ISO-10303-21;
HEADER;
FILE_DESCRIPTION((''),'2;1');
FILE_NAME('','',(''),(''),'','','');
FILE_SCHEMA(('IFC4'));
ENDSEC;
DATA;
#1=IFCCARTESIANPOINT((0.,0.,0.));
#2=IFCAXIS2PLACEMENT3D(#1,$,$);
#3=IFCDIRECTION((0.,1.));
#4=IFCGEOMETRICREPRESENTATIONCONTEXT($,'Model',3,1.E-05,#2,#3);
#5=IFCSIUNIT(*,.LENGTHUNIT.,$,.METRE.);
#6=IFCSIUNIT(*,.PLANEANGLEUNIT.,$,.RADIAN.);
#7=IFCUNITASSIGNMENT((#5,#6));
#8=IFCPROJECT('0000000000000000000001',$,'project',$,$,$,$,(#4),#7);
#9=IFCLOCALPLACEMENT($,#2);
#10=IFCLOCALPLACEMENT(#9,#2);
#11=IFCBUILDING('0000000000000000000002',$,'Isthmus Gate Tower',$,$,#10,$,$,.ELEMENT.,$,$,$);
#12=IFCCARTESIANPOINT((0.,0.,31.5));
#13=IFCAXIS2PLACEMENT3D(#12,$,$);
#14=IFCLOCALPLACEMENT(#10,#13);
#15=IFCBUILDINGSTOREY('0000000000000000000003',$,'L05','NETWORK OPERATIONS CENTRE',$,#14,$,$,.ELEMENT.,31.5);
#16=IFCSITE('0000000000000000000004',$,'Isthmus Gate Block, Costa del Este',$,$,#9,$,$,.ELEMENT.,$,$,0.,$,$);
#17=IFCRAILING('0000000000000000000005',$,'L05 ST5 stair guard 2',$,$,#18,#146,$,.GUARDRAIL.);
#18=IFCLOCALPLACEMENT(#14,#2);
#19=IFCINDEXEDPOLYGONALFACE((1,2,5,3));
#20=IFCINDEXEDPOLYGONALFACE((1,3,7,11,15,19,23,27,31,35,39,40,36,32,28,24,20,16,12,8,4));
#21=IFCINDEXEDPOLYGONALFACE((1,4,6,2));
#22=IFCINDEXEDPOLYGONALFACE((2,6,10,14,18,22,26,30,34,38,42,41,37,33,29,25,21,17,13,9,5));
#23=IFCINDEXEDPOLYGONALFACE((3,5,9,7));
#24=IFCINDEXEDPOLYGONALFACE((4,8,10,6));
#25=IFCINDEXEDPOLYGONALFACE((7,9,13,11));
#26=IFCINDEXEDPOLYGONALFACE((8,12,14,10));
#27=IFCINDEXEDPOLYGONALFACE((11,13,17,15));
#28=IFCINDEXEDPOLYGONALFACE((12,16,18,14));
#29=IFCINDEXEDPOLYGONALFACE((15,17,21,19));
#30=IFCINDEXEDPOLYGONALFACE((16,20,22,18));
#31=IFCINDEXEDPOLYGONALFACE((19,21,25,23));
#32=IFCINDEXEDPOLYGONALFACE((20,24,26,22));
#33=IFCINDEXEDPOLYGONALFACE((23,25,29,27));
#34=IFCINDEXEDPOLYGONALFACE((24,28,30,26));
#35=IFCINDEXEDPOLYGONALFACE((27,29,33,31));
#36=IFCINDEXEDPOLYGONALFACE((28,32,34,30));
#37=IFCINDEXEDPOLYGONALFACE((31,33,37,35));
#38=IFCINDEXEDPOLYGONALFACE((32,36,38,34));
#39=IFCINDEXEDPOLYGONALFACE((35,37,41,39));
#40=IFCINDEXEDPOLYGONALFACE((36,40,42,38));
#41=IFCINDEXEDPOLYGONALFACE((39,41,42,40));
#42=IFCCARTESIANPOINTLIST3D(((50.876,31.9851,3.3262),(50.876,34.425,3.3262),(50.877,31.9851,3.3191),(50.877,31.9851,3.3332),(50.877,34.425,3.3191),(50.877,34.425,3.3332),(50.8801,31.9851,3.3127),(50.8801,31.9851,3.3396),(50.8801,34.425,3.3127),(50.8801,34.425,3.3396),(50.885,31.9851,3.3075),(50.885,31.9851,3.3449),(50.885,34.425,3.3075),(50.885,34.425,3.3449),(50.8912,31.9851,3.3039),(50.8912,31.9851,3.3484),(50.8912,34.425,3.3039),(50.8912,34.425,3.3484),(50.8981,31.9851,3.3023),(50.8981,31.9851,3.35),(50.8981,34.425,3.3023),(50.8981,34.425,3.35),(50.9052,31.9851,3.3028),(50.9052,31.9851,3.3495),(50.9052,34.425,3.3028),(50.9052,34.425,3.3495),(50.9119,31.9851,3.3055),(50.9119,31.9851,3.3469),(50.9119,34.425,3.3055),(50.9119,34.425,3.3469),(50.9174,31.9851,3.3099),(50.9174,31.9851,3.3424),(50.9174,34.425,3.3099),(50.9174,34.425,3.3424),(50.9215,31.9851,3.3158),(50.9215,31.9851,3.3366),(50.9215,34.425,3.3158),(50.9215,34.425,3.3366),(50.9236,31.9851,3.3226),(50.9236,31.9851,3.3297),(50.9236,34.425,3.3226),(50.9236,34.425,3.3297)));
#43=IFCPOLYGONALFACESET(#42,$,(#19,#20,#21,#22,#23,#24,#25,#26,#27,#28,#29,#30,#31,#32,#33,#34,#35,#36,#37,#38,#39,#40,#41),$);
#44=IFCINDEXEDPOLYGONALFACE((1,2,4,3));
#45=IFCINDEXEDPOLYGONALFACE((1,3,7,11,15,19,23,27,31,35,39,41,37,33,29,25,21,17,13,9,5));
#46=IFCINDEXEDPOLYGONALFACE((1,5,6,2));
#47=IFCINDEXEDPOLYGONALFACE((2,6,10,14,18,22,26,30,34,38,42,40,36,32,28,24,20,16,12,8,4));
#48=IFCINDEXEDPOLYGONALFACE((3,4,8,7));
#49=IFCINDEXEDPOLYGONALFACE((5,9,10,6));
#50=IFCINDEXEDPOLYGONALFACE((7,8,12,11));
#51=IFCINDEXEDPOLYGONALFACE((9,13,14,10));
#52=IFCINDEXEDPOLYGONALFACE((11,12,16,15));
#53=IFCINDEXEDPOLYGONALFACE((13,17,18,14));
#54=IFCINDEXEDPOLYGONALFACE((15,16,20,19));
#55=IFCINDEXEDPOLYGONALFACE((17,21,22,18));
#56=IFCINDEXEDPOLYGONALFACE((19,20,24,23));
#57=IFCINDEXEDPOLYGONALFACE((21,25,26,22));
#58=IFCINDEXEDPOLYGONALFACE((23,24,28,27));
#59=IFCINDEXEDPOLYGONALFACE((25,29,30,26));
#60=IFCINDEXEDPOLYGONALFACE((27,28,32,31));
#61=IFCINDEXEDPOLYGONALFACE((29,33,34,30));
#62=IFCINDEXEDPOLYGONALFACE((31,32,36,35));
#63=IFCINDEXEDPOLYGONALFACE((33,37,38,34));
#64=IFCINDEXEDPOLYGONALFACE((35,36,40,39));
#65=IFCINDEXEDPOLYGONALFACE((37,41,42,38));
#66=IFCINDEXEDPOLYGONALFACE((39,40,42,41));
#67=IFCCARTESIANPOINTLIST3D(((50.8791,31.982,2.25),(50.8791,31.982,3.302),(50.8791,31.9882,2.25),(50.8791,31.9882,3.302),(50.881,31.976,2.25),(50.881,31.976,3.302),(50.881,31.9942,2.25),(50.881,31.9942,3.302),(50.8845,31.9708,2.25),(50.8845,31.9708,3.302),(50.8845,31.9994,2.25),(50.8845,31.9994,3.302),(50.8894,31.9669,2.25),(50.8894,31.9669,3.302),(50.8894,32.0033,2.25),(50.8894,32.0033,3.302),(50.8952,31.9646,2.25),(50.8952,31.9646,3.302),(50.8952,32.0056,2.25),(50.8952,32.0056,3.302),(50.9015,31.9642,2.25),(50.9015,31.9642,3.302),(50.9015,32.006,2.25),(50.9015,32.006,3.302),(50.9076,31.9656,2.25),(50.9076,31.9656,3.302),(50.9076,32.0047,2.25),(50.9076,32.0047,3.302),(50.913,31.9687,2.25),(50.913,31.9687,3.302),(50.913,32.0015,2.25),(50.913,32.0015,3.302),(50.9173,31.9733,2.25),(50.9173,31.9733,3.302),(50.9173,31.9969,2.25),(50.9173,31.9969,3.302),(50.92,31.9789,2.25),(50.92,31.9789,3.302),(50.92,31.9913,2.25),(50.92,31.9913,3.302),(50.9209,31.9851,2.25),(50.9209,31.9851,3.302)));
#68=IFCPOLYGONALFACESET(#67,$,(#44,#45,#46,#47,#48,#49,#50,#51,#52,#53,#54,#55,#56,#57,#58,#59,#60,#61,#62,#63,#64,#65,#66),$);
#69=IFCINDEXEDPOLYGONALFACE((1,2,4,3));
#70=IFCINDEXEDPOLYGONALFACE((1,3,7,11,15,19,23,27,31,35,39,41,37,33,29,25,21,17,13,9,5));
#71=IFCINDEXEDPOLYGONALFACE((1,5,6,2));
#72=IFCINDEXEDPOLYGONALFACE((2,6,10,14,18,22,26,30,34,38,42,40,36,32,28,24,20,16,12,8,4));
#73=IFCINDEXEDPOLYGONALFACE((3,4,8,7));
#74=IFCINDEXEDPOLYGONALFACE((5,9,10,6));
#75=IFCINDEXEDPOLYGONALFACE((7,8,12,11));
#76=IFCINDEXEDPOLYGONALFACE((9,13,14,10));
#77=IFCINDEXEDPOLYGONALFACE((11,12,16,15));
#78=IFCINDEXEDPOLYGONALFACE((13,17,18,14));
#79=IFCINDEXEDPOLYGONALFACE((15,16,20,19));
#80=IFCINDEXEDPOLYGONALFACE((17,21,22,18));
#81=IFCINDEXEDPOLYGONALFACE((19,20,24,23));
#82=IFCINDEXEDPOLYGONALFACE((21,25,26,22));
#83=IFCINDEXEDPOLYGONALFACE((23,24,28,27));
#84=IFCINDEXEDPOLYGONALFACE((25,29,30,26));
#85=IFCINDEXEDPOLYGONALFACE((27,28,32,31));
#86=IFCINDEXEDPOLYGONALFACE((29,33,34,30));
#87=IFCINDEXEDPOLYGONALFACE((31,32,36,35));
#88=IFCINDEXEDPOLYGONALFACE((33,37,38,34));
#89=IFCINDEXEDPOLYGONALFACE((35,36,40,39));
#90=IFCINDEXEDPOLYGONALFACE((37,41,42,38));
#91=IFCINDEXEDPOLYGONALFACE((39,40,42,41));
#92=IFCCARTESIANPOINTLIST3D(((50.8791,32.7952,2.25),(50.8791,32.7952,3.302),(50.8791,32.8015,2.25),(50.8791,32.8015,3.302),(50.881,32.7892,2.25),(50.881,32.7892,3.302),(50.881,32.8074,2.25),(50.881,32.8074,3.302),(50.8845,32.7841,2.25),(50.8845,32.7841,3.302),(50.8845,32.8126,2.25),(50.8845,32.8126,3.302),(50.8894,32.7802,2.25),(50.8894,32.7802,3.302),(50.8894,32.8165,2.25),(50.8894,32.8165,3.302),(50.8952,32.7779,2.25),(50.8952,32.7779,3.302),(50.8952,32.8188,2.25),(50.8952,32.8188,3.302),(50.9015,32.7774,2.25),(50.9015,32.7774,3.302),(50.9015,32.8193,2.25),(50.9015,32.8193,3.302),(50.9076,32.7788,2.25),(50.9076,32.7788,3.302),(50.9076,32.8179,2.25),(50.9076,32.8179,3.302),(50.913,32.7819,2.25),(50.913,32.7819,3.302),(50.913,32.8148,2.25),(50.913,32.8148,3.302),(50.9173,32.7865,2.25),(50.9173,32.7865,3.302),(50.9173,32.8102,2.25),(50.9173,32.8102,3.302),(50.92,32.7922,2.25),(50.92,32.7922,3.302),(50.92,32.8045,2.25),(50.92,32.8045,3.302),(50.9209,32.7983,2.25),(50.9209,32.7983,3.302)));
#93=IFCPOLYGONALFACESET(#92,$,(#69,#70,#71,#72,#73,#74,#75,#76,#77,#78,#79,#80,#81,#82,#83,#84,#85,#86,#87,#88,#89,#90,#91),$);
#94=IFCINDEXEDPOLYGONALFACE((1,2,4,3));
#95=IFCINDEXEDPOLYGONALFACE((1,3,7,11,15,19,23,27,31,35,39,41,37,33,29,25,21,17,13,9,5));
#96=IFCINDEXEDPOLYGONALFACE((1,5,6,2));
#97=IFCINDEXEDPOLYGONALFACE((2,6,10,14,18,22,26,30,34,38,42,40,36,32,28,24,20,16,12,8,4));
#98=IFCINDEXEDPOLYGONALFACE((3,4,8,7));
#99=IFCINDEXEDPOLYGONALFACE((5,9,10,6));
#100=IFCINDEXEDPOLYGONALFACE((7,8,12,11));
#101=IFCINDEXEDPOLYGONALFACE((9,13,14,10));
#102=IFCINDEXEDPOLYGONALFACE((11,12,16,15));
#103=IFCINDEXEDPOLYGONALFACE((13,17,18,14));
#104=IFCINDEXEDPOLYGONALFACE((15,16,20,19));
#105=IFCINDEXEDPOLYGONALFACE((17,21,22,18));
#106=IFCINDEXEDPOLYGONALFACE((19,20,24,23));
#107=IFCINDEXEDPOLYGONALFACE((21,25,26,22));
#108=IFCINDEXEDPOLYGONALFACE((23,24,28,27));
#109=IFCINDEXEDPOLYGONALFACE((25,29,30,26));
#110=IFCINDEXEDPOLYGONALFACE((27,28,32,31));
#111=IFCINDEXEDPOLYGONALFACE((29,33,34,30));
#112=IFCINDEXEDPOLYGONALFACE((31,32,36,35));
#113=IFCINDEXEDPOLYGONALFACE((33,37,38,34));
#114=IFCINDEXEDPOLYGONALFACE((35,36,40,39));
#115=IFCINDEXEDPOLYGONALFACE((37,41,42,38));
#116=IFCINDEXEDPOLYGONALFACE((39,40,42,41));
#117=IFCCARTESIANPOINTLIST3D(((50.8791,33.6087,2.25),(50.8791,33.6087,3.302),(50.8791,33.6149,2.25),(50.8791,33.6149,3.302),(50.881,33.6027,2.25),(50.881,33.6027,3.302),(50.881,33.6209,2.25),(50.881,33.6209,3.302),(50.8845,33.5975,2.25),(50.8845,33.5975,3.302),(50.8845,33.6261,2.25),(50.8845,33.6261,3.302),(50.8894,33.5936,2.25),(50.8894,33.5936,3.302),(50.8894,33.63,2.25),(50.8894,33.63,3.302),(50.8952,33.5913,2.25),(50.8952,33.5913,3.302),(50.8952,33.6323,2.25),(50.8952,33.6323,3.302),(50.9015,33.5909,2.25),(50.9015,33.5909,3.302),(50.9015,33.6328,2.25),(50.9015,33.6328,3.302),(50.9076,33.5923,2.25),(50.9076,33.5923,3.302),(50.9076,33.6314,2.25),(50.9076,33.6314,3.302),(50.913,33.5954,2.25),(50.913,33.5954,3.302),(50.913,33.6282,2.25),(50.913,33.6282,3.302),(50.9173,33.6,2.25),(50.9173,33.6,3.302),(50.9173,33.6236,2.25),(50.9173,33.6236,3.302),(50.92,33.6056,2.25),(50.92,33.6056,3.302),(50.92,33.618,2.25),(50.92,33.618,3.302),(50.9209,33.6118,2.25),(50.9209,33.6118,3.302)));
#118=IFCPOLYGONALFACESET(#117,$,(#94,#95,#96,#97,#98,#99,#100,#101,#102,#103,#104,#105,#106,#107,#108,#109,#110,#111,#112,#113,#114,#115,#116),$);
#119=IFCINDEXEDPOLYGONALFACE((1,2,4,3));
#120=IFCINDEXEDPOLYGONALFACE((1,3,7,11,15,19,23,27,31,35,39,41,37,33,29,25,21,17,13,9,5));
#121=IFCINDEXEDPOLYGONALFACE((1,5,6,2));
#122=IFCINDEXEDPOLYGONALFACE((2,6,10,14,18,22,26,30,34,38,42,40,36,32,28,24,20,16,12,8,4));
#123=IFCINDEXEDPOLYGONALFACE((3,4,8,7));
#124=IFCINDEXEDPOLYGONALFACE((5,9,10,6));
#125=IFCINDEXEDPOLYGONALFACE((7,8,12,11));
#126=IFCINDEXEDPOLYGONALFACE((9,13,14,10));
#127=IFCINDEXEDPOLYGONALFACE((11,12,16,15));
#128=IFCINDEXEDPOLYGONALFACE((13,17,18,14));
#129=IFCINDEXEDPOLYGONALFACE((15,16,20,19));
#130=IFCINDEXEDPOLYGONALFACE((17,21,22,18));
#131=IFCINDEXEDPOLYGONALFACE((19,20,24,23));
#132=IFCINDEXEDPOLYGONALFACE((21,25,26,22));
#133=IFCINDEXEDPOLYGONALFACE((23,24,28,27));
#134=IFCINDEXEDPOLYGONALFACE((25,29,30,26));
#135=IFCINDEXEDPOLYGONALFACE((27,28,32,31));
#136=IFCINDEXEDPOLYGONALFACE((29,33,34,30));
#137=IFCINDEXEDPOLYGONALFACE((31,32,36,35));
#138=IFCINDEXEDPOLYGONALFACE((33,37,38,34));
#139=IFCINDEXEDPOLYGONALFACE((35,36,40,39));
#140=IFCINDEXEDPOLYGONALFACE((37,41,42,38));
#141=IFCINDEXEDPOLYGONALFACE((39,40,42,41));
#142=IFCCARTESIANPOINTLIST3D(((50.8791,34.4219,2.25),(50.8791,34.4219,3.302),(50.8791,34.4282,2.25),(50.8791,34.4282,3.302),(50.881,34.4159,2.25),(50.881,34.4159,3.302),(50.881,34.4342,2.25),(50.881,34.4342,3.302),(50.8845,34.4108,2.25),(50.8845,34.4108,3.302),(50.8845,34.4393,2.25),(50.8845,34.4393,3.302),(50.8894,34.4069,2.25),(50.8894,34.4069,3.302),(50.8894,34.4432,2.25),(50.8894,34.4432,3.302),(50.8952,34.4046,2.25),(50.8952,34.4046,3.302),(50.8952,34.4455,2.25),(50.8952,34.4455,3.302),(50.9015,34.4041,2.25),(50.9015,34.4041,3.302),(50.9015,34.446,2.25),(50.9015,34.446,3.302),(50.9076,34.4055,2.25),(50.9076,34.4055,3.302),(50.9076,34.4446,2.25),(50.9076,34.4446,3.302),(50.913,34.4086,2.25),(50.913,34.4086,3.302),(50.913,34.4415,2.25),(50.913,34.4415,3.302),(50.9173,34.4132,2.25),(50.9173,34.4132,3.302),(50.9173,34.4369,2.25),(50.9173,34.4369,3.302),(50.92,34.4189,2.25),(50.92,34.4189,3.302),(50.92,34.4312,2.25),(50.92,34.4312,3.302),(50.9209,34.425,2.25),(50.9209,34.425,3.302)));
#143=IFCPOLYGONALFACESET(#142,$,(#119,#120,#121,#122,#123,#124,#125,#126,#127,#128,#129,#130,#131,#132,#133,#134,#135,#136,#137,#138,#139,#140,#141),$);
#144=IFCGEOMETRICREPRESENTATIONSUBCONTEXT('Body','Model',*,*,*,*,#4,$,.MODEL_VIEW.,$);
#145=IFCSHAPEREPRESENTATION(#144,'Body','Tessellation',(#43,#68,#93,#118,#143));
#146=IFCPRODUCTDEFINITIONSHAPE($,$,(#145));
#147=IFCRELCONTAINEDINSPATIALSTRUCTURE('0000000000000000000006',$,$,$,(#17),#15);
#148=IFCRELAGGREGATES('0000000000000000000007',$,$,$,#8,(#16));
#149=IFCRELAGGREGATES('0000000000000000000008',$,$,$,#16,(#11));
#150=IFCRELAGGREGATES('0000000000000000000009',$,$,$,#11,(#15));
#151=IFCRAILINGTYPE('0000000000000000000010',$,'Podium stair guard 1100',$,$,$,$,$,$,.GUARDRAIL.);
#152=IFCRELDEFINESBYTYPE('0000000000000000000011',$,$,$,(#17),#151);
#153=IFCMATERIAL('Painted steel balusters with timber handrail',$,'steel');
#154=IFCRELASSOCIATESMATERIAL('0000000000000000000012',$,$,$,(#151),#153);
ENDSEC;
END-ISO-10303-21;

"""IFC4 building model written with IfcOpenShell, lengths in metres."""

from ifc_helpers import new_model, si_unit, direction, frame, origin, origin_2d, place, context, subcontext, project, spatial, circle, extrude, material, type_object, element, save


model = new_model("IFC4")

# Units and contexts
model_context = context("Model", 3, precision=1e-05, world=origin(), true_north=direction((0.0, 1.0)))
body_context = subcontext(model_context, "Body", "Model", "MODEL_VIEW")
ifc_project = project(units=[si_unit("LENGTHUNIT", "METRE"), si_unit("PLANEANGLEUNIT", "RADIAN")], contexts=[model_context])

# Site, building, storey
site_placement = place(None, origin())
site = spatial("IfcSite", under=ifc_project, at=site_placement, Name="Isthmus Gate Block, Costa del Este", CompositionType="ELEMENT", RefElevation=0.0)
building_placement = place(site_placement, origin())
building = spatial("IfcBuilding", under=site, at=building_placement, Name="Isthmus Gate Tower", CompositionType="ELEMENT")
storey_placement = place(building_placement, frame((0.0, 0.0, 31.5)))
storey = spatial("IfcBuildingStorey", under=building, at=storey_placement, Name="L05", Description="NETWORK OPERATIONS CENTRE", CompositionType="ELEMENT", Elevation=31.5)

# Railing
ifc_material_1 = material(Name="Painted steel balusters with timber handrail", Category="steel")
railing_type_1 = type_object("IfcRailingType", Name="Podium stair guard 1100", PredefinedType="GUARDRAIL", material=ifc_material_1)
railing_1_placement = place(storey_placement, frame((50.8999, 31.9851, 2.25)))
element("IfcRailing", 1, at=railing_1_placement, inside=storey, type_object=railing_type_1, Name="L05 ST5 stair guard 2", PredefinedType="GUARDRAIL", context=body_context, shape_type="SweptSolid", body=[
    extrude(circle(Radius=0.0239, at=origin_2d()), frame((0.0, 0.0, 1.0762), z_axis=(0.0, 1.0, 0.0), x_axis=(-1.0, 0.0, 0.0)), (0.0, 0.0, 1.0), 2.4399),
    extrude(circle(Radius=0.021, at=origin_2d()), origin(), (0.0, 0.0, 1.0), 1.052),
    extrude(circle(Radius=0.021, at=origin_2d()), frame((0.0, 0.8132, 0.0)), (0.0, 0.0, 1.0), 1.052),
    extrude(circle(Radius=0.021, at=origin_2d()), frame((0.0, 1.6267, 0.0)), (0.0, 0.0, 1.0), 1.052),
    extrude(circle(Radius=0.021, at=origin_2d()), frame((0.0, 2.4399, 0.0)), (0.0, 0.0, 1.0), 1.052),
])

save(model, "model.ifc")
